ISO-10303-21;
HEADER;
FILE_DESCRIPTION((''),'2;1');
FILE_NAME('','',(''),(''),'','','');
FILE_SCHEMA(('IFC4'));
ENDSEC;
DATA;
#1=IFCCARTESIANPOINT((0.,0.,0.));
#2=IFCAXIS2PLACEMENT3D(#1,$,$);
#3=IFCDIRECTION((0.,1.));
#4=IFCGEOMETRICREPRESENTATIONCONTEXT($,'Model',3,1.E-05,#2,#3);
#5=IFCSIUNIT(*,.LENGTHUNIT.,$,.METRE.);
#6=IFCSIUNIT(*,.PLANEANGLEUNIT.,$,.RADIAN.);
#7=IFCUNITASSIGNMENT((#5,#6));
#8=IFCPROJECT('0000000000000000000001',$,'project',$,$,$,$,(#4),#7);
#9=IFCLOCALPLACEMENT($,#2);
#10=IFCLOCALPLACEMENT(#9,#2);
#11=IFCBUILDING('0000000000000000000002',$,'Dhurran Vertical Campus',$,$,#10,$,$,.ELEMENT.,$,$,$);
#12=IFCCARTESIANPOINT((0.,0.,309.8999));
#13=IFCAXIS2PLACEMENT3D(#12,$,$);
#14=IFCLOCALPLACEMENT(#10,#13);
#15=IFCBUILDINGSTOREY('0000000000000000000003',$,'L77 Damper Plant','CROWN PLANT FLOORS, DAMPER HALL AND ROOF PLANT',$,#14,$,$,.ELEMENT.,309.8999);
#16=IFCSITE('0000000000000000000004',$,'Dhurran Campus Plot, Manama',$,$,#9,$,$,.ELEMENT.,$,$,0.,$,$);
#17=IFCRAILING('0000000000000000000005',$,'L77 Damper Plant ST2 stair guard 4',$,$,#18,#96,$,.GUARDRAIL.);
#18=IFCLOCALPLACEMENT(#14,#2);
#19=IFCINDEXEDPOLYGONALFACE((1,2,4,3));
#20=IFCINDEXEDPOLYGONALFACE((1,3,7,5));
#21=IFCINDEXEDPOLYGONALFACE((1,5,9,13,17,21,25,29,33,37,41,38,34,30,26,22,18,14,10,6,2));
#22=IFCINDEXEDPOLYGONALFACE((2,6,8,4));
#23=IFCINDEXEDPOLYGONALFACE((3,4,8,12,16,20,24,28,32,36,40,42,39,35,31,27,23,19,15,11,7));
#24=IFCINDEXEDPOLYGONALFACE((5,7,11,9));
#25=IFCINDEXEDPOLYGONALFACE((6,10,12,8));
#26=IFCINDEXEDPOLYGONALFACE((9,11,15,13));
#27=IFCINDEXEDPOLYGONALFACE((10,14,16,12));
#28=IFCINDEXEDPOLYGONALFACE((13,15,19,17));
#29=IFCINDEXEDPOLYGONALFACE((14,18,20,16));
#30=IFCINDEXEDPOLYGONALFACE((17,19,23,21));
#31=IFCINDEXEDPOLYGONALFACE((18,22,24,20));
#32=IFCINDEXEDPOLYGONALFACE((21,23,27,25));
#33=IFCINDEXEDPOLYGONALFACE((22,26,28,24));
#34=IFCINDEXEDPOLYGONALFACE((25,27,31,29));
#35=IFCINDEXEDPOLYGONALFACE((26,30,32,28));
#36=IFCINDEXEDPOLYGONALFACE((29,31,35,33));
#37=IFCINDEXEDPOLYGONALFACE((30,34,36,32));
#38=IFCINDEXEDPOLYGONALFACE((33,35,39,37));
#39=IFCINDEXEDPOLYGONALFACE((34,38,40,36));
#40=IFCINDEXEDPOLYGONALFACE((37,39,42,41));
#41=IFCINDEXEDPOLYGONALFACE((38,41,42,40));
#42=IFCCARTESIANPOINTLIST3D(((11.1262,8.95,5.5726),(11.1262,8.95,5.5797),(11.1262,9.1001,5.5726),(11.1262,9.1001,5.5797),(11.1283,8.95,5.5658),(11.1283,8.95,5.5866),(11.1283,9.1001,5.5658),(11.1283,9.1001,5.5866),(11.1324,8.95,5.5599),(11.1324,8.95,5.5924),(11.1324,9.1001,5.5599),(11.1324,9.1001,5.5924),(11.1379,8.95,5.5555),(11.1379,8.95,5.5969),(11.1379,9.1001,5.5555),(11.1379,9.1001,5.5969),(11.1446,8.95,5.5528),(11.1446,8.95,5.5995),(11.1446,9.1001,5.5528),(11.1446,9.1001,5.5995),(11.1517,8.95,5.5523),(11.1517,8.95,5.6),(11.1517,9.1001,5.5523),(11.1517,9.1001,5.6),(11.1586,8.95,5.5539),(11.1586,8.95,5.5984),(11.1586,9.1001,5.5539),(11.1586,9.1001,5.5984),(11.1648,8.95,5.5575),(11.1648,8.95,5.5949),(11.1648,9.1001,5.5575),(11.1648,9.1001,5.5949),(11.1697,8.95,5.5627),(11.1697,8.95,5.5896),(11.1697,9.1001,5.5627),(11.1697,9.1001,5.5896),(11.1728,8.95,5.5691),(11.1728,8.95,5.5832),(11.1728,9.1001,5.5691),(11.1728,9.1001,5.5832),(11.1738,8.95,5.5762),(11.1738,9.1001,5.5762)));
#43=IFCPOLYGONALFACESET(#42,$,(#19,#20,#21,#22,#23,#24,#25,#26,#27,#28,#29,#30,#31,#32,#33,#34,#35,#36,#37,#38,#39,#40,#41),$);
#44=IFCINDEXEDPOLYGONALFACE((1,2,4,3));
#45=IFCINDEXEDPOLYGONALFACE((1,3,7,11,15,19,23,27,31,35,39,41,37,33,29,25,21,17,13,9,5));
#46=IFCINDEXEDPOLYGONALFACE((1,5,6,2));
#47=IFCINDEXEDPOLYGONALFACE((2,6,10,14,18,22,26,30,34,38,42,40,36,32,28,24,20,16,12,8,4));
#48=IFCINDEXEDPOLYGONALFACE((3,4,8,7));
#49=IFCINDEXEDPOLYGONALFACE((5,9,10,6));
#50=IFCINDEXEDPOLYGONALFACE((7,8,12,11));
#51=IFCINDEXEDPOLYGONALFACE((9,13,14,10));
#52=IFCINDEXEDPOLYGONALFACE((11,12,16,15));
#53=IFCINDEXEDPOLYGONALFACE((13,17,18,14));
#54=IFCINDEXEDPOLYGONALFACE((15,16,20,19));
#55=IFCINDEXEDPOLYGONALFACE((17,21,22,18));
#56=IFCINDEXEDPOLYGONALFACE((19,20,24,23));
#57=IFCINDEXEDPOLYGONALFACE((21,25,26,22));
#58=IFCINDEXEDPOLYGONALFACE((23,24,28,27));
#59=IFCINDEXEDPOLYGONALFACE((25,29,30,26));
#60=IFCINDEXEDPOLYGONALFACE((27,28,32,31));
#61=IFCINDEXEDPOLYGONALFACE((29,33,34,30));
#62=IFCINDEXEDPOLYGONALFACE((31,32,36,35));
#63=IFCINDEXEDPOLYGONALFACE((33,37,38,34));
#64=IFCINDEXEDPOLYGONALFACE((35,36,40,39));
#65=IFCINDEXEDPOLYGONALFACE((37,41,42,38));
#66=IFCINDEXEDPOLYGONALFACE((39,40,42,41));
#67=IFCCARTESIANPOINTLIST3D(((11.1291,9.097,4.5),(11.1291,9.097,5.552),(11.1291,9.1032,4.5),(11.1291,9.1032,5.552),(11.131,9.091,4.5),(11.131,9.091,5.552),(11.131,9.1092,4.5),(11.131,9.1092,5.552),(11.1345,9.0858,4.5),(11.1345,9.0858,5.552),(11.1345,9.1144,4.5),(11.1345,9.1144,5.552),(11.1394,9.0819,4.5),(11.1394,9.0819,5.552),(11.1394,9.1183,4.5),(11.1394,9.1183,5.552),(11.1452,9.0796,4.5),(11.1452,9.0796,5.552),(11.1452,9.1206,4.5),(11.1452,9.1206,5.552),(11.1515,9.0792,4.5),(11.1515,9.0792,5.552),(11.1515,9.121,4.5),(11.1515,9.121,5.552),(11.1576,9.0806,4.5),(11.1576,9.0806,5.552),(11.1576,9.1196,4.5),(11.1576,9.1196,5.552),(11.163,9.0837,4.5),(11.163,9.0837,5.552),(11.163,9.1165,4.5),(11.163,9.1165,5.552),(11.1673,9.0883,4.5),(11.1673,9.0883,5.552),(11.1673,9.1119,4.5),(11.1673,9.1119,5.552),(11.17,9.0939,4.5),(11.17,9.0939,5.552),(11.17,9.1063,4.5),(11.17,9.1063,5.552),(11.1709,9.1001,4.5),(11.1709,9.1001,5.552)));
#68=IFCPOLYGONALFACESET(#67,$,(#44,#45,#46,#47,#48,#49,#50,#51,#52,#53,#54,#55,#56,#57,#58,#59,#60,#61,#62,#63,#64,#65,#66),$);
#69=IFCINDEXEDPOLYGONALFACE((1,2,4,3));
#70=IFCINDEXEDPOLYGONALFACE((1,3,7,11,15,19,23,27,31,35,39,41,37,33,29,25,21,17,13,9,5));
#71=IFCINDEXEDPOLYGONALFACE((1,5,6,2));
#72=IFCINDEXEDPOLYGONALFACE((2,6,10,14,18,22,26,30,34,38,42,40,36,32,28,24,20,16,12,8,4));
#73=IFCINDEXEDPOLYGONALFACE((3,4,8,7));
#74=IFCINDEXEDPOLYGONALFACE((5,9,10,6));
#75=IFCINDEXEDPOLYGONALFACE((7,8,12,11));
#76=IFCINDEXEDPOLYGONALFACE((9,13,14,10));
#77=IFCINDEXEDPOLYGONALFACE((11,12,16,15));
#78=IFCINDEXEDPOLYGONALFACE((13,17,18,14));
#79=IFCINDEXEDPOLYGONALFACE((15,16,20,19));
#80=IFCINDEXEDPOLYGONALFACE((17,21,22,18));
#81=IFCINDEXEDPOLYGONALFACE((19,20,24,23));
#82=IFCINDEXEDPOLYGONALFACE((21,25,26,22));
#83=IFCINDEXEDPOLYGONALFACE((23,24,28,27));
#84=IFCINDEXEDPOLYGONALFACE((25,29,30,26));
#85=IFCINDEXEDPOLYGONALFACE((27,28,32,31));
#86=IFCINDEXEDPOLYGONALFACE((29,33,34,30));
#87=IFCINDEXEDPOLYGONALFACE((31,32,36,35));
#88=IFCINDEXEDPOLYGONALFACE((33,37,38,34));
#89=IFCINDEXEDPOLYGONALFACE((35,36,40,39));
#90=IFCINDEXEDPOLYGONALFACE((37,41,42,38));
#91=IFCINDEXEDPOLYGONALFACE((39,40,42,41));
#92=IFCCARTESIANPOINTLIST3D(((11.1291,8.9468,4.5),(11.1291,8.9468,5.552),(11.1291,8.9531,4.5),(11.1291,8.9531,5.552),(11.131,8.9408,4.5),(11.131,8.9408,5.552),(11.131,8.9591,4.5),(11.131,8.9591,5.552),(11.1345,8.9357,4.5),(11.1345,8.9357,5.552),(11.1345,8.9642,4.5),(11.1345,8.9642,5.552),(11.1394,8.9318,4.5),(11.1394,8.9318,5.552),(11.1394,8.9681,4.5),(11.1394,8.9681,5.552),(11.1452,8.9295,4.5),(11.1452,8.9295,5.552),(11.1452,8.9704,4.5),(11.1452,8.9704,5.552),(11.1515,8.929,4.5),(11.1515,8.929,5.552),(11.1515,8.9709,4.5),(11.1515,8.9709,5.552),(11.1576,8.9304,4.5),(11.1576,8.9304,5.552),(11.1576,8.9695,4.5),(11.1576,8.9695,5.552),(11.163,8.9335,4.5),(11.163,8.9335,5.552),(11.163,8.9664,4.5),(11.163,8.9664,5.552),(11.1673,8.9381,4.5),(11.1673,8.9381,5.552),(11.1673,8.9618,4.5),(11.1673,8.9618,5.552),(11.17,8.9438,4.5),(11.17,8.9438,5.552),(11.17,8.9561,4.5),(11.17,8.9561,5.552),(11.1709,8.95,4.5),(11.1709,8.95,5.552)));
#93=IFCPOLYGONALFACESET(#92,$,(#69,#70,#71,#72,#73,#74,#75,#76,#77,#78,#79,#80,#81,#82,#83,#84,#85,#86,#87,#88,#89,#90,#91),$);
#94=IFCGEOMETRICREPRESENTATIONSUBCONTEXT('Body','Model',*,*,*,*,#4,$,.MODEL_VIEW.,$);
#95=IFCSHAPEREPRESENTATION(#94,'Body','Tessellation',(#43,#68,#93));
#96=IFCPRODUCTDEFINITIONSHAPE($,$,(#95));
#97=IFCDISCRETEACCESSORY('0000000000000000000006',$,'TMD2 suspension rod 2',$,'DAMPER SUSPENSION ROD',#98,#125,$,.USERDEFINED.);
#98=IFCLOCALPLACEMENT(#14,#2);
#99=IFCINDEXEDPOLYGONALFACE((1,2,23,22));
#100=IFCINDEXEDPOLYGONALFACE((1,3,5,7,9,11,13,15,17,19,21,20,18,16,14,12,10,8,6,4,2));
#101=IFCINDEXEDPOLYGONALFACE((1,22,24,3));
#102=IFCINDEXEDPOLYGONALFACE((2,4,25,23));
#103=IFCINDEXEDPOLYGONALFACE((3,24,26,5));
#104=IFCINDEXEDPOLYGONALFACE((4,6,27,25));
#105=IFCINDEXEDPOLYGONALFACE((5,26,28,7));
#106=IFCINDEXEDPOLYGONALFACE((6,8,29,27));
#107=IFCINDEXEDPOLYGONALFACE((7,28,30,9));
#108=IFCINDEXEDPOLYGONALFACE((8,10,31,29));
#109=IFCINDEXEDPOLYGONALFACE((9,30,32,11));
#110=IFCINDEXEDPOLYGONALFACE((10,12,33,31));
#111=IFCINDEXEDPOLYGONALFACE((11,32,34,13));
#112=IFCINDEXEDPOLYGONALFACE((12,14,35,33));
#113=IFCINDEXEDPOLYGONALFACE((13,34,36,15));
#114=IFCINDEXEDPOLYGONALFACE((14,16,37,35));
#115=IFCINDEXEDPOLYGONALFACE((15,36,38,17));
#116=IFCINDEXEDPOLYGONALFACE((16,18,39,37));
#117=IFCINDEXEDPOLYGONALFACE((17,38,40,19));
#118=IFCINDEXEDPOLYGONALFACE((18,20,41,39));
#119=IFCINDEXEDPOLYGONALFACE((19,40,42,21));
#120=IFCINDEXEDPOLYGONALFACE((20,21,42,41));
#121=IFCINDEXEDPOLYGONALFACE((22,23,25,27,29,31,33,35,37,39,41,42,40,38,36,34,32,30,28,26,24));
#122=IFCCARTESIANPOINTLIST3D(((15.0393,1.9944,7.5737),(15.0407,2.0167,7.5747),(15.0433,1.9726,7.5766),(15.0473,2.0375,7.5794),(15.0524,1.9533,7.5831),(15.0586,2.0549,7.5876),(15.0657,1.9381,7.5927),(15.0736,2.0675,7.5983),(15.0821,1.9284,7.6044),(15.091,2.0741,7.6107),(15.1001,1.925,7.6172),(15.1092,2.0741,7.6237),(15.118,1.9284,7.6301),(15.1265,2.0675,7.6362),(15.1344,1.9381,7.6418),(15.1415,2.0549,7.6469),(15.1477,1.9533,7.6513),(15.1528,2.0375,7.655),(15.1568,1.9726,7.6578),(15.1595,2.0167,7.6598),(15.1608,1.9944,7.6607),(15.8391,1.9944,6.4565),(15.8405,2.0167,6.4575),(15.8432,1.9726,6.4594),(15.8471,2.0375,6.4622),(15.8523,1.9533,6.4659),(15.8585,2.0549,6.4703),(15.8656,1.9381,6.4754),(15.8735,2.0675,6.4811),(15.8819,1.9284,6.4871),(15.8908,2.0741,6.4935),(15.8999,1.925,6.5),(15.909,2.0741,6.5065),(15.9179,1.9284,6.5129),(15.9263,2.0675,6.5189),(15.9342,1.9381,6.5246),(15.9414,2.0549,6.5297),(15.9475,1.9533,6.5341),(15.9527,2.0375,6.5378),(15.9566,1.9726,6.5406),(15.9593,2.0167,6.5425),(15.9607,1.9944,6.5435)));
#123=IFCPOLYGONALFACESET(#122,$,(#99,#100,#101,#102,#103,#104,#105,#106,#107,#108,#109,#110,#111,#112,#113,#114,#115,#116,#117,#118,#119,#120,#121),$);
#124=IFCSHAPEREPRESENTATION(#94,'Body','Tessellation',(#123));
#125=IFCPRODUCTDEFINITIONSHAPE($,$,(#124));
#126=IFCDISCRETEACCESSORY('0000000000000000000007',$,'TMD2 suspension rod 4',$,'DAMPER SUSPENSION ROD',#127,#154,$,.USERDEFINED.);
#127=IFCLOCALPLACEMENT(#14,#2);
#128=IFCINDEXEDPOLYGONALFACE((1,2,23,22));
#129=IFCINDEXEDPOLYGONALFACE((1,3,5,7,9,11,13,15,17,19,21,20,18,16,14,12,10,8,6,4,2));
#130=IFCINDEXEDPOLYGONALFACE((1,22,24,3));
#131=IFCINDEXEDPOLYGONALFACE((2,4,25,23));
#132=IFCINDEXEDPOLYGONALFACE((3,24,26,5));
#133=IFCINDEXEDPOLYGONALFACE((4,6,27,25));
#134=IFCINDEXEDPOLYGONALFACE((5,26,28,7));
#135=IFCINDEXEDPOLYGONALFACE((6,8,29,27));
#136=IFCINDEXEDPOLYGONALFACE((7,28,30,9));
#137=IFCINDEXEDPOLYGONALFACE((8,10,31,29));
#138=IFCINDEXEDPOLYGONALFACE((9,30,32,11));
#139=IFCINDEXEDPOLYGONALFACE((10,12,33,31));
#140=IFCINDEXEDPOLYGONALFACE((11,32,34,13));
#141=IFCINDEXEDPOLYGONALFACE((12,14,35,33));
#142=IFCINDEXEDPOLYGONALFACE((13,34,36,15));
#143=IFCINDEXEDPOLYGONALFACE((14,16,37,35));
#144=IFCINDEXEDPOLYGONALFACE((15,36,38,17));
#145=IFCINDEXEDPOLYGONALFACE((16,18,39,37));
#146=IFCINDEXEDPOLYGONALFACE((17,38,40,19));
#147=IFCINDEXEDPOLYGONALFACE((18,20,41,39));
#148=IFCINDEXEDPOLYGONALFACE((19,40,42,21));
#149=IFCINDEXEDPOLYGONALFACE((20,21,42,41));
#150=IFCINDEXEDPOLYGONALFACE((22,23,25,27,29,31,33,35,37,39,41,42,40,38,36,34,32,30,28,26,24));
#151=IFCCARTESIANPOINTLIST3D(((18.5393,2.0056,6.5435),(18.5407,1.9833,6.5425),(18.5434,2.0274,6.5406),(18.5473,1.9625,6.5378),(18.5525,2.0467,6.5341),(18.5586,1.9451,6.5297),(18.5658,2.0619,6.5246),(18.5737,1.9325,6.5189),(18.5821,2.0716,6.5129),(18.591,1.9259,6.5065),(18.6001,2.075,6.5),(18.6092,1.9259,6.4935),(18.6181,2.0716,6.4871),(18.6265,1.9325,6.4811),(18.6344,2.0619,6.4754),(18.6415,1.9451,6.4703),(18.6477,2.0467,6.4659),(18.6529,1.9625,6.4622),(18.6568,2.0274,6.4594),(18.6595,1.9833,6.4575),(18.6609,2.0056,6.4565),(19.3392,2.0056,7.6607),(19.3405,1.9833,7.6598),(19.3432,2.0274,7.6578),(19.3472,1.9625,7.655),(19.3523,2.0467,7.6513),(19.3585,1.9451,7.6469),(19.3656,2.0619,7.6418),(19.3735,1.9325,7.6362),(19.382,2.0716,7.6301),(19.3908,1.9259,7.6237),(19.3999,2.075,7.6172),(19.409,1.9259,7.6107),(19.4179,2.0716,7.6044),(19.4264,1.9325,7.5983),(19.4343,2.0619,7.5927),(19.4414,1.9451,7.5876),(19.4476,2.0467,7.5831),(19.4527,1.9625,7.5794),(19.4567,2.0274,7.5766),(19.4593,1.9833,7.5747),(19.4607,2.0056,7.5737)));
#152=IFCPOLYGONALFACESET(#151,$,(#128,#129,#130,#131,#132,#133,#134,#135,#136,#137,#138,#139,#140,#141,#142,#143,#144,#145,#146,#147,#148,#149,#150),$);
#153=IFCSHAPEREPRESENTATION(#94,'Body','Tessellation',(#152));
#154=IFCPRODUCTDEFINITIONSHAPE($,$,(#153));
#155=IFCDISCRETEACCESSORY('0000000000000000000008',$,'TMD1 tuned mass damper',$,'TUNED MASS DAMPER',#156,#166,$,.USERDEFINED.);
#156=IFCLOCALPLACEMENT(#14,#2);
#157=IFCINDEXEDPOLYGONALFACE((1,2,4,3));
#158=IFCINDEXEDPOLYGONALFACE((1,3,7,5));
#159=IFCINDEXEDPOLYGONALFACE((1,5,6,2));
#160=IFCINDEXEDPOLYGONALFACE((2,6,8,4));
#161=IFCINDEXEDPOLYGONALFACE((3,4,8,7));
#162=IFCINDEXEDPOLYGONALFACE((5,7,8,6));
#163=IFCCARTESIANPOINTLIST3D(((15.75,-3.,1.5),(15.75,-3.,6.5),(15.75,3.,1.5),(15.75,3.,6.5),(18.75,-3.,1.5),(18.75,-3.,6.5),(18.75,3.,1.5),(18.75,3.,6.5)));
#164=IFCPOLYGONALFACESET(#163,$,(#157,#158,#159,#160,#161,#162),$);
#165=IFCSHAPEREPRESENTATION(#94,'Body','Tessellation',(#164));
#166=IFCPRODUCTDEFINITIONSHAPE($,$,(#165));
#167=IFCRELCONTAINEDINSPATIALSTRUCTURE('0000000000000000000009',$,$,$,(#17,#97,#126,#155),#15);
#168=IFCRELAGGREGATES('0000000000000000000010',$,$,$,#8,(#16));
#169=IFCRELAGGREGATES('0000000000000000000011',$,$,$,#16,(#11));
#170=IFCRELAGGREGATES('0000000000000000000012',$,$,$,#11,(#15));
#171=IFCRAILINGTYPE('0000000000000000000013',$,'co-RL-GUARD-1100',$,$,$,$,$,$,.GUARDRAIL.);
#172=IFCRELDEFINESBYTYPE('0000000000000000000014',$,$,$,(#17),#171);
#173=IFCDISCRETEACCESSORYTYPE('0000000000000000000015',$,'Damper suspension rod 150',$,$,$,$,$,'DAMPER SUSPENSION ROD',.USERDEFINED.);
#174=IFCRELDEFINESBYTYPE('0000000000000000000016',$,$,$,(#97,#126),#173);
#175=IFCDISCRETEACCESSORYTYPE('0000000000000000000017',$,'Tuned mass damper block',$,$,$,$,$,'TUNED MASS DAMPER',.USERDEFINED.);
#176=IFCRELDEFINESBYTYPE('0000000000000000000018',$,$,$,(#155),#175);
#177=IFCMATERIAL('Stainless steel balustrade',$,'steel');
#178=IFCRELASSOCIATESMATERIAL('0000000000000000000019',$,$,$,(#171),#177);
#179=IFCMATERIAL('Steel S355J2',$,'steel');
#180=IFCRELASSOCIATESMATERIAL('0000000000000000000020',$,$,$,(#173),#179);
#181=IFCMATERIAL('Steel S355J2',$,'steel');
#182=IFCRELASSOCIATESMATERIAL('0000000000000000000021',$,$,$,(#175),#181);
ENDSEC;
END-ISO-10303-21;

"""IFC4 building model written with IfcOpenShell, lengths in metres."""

from ifc_helpers import new_model, si_unit, direction, frame, origin, origin_2d, place, context, subcontext, project, spatial, rectangle, circle, extrude, material, material_profile, profile_set, type_object, element, save


model = new_model("IFC4")

# Units and contexts
model_context = context("Model", 3, precision=1e-05, world=origin(), true_north=direction((0.0, 1.0)))
body_context = subcontext(model_context, "Body", "Model", "MODEL_VIEW")
ifc_project = project(units=[si_unit("LENGTHUNIT", "METRE"), si_unit("PLANEANGLEUNIT", "RADIAN")], contexts=[model_context])

# Site, building, storey
site_placement = place(None, origin())
site = spatial("IfcSite", under=ifc_project, at=site_placement, Name="Dhurran Campus Plot, Manama", CompositionType="ELEMENT", RefElevation=0.0)
building_placement = place(site_placement, origin())
building = spatial("IfcBuilding", under=site, at=building_placement, Name="Dhurran Vertical Campus", CompositionType="ELEMENT")
storey_placement = place(building_placement, frame((0.0, 0.0, 309.8999)))
storey = spatial("IfcBuildingStorey", under=building, at=storey_placement, Name="L77 Damper Plant", Description="CROWN PLANT FLOORS, DAMPER HALL AND ROOF PLANT", CompositionType="ELEMENT", Elevation=309.8999)

# Railing
ifc_material_1 = material(Name="Stainless steel balustrade", Category="steel")
railing_type = type_object("IfcRailingType", Name="co-RL-GUARD-1100", PredefinedType="GUARDRAIL", material=ifc_material_1)
railing_placement = place(storey_placement, frame((11.1499, 9.1001, 4.5)))
element("IfcRailing", 1, at=railing_placement, inside=storey, type_object=railing_type, Name="L77 Damper Plant ST2 stair guard 4", PredefinedType="GUARDRAIL", context=body_context, shape_type="SweptSolid", body=[
    extrude(circle(Radius=0.0239, at=origin_2d()), frame((0.0, 0.0, 1.0762), z_axis=(0.0, -1.0, 0.0), x_axis=(1.0, 0.0, 0.0)), (0.0, 0.0, 1.0), 0.1501),
    extrude(circle(Radius=0.021, at=origin_2d()), origin(), (0.0, 0.0, 1.0), 1.052),
    extrude(circle(Radius=0.021, at=origin_2d()), frame((0.0, -0.1501, 0.0)), (0.0, 0.0, 1.0), 1.052),
])

# Discrete accessories
ifc_material_2 = material(Name="Steel S355J2", Category="steel")
ifc_material_profile_1 = material_profile(ifc_material_2, circle(Radius=0.075, at=origin_2d()), Name="Damper suspension rod 150")
ifc_profile_set_1 = profile_set([ifc_material_profile_1], Name="Steel S355J2")
discrete_accessory_type_1 = type_object("IfcDiscreteAccessoryType", Name="Damper suspension rod 150", ElementType="DAMPER SUSPENSION ROD", PredefinedType="USERDEFINED", material=ifc_profile_set_1)
for number, where, z_axis, x_axis, name in (
    (2, (15.8999, 2.0, 6.5), (-0.582112, 0.0, 0.813109), (0.0, -1.0, 0.0), "TMD2 suspension rod 2"),
    (3, (18.6001, 2.0, 6.5), (0.582112, 0.0, 0.813109), (0.0, 1.0, 0.0), "TMD2 suspension rod 4"),
):
    element("IfcDiscreteAccessory", number, at=place(storey_placement, frame(where, z_axis=z_axis, x_axis=x_axis)), inside=storey, type_object=discrete_accessory_type_1, Name=name, ObjectType="DAMPER SUSPENSION ROD", PredefinedType="USERDEFINED", context=body_context, shape_type="SweptSolid", body=[
        extrude(circle(Radius=0.075, at=origin_2d()), origin(), (0.0, 0.0, 1.0), 1.374),
    ])
ifc_material_3 = material(Name="Steel S355J2", Category="steel")
discrete_accessory_type_2 = type_object("IfcDiscreteAccessoryType", Name="Tuned mass damper block", ElementType="TUNED MASS DAMPER", PredefinedType="USERDEFINED", material=ifc_material_3)
discrete_accessory_placement = place(storey_placement, frame((17.25, 0.0, 1.5), z_axis=(0.0, 0.0, 1.0), x_axis=(1.0, 0.0, 0.0)))
element("IfcDiscreteAccessory", 4, at=discrete_accessory_placement, inside=storey, type_object=discrete_accessory_type_2, Name="TMD1 tuned mass damper", ObjectType="TUNED MASS DAMPER", PredefinedType="USERDEFINED", context=body_context, shape_type="SweptSolid", body=[
    extrude(rectangle(XDim=3.0, YDim=6.0, at=origin_2d()), origin(), (0.0, 0.0, 1.0), 5.0),
])

save(model, "model.ifc")
